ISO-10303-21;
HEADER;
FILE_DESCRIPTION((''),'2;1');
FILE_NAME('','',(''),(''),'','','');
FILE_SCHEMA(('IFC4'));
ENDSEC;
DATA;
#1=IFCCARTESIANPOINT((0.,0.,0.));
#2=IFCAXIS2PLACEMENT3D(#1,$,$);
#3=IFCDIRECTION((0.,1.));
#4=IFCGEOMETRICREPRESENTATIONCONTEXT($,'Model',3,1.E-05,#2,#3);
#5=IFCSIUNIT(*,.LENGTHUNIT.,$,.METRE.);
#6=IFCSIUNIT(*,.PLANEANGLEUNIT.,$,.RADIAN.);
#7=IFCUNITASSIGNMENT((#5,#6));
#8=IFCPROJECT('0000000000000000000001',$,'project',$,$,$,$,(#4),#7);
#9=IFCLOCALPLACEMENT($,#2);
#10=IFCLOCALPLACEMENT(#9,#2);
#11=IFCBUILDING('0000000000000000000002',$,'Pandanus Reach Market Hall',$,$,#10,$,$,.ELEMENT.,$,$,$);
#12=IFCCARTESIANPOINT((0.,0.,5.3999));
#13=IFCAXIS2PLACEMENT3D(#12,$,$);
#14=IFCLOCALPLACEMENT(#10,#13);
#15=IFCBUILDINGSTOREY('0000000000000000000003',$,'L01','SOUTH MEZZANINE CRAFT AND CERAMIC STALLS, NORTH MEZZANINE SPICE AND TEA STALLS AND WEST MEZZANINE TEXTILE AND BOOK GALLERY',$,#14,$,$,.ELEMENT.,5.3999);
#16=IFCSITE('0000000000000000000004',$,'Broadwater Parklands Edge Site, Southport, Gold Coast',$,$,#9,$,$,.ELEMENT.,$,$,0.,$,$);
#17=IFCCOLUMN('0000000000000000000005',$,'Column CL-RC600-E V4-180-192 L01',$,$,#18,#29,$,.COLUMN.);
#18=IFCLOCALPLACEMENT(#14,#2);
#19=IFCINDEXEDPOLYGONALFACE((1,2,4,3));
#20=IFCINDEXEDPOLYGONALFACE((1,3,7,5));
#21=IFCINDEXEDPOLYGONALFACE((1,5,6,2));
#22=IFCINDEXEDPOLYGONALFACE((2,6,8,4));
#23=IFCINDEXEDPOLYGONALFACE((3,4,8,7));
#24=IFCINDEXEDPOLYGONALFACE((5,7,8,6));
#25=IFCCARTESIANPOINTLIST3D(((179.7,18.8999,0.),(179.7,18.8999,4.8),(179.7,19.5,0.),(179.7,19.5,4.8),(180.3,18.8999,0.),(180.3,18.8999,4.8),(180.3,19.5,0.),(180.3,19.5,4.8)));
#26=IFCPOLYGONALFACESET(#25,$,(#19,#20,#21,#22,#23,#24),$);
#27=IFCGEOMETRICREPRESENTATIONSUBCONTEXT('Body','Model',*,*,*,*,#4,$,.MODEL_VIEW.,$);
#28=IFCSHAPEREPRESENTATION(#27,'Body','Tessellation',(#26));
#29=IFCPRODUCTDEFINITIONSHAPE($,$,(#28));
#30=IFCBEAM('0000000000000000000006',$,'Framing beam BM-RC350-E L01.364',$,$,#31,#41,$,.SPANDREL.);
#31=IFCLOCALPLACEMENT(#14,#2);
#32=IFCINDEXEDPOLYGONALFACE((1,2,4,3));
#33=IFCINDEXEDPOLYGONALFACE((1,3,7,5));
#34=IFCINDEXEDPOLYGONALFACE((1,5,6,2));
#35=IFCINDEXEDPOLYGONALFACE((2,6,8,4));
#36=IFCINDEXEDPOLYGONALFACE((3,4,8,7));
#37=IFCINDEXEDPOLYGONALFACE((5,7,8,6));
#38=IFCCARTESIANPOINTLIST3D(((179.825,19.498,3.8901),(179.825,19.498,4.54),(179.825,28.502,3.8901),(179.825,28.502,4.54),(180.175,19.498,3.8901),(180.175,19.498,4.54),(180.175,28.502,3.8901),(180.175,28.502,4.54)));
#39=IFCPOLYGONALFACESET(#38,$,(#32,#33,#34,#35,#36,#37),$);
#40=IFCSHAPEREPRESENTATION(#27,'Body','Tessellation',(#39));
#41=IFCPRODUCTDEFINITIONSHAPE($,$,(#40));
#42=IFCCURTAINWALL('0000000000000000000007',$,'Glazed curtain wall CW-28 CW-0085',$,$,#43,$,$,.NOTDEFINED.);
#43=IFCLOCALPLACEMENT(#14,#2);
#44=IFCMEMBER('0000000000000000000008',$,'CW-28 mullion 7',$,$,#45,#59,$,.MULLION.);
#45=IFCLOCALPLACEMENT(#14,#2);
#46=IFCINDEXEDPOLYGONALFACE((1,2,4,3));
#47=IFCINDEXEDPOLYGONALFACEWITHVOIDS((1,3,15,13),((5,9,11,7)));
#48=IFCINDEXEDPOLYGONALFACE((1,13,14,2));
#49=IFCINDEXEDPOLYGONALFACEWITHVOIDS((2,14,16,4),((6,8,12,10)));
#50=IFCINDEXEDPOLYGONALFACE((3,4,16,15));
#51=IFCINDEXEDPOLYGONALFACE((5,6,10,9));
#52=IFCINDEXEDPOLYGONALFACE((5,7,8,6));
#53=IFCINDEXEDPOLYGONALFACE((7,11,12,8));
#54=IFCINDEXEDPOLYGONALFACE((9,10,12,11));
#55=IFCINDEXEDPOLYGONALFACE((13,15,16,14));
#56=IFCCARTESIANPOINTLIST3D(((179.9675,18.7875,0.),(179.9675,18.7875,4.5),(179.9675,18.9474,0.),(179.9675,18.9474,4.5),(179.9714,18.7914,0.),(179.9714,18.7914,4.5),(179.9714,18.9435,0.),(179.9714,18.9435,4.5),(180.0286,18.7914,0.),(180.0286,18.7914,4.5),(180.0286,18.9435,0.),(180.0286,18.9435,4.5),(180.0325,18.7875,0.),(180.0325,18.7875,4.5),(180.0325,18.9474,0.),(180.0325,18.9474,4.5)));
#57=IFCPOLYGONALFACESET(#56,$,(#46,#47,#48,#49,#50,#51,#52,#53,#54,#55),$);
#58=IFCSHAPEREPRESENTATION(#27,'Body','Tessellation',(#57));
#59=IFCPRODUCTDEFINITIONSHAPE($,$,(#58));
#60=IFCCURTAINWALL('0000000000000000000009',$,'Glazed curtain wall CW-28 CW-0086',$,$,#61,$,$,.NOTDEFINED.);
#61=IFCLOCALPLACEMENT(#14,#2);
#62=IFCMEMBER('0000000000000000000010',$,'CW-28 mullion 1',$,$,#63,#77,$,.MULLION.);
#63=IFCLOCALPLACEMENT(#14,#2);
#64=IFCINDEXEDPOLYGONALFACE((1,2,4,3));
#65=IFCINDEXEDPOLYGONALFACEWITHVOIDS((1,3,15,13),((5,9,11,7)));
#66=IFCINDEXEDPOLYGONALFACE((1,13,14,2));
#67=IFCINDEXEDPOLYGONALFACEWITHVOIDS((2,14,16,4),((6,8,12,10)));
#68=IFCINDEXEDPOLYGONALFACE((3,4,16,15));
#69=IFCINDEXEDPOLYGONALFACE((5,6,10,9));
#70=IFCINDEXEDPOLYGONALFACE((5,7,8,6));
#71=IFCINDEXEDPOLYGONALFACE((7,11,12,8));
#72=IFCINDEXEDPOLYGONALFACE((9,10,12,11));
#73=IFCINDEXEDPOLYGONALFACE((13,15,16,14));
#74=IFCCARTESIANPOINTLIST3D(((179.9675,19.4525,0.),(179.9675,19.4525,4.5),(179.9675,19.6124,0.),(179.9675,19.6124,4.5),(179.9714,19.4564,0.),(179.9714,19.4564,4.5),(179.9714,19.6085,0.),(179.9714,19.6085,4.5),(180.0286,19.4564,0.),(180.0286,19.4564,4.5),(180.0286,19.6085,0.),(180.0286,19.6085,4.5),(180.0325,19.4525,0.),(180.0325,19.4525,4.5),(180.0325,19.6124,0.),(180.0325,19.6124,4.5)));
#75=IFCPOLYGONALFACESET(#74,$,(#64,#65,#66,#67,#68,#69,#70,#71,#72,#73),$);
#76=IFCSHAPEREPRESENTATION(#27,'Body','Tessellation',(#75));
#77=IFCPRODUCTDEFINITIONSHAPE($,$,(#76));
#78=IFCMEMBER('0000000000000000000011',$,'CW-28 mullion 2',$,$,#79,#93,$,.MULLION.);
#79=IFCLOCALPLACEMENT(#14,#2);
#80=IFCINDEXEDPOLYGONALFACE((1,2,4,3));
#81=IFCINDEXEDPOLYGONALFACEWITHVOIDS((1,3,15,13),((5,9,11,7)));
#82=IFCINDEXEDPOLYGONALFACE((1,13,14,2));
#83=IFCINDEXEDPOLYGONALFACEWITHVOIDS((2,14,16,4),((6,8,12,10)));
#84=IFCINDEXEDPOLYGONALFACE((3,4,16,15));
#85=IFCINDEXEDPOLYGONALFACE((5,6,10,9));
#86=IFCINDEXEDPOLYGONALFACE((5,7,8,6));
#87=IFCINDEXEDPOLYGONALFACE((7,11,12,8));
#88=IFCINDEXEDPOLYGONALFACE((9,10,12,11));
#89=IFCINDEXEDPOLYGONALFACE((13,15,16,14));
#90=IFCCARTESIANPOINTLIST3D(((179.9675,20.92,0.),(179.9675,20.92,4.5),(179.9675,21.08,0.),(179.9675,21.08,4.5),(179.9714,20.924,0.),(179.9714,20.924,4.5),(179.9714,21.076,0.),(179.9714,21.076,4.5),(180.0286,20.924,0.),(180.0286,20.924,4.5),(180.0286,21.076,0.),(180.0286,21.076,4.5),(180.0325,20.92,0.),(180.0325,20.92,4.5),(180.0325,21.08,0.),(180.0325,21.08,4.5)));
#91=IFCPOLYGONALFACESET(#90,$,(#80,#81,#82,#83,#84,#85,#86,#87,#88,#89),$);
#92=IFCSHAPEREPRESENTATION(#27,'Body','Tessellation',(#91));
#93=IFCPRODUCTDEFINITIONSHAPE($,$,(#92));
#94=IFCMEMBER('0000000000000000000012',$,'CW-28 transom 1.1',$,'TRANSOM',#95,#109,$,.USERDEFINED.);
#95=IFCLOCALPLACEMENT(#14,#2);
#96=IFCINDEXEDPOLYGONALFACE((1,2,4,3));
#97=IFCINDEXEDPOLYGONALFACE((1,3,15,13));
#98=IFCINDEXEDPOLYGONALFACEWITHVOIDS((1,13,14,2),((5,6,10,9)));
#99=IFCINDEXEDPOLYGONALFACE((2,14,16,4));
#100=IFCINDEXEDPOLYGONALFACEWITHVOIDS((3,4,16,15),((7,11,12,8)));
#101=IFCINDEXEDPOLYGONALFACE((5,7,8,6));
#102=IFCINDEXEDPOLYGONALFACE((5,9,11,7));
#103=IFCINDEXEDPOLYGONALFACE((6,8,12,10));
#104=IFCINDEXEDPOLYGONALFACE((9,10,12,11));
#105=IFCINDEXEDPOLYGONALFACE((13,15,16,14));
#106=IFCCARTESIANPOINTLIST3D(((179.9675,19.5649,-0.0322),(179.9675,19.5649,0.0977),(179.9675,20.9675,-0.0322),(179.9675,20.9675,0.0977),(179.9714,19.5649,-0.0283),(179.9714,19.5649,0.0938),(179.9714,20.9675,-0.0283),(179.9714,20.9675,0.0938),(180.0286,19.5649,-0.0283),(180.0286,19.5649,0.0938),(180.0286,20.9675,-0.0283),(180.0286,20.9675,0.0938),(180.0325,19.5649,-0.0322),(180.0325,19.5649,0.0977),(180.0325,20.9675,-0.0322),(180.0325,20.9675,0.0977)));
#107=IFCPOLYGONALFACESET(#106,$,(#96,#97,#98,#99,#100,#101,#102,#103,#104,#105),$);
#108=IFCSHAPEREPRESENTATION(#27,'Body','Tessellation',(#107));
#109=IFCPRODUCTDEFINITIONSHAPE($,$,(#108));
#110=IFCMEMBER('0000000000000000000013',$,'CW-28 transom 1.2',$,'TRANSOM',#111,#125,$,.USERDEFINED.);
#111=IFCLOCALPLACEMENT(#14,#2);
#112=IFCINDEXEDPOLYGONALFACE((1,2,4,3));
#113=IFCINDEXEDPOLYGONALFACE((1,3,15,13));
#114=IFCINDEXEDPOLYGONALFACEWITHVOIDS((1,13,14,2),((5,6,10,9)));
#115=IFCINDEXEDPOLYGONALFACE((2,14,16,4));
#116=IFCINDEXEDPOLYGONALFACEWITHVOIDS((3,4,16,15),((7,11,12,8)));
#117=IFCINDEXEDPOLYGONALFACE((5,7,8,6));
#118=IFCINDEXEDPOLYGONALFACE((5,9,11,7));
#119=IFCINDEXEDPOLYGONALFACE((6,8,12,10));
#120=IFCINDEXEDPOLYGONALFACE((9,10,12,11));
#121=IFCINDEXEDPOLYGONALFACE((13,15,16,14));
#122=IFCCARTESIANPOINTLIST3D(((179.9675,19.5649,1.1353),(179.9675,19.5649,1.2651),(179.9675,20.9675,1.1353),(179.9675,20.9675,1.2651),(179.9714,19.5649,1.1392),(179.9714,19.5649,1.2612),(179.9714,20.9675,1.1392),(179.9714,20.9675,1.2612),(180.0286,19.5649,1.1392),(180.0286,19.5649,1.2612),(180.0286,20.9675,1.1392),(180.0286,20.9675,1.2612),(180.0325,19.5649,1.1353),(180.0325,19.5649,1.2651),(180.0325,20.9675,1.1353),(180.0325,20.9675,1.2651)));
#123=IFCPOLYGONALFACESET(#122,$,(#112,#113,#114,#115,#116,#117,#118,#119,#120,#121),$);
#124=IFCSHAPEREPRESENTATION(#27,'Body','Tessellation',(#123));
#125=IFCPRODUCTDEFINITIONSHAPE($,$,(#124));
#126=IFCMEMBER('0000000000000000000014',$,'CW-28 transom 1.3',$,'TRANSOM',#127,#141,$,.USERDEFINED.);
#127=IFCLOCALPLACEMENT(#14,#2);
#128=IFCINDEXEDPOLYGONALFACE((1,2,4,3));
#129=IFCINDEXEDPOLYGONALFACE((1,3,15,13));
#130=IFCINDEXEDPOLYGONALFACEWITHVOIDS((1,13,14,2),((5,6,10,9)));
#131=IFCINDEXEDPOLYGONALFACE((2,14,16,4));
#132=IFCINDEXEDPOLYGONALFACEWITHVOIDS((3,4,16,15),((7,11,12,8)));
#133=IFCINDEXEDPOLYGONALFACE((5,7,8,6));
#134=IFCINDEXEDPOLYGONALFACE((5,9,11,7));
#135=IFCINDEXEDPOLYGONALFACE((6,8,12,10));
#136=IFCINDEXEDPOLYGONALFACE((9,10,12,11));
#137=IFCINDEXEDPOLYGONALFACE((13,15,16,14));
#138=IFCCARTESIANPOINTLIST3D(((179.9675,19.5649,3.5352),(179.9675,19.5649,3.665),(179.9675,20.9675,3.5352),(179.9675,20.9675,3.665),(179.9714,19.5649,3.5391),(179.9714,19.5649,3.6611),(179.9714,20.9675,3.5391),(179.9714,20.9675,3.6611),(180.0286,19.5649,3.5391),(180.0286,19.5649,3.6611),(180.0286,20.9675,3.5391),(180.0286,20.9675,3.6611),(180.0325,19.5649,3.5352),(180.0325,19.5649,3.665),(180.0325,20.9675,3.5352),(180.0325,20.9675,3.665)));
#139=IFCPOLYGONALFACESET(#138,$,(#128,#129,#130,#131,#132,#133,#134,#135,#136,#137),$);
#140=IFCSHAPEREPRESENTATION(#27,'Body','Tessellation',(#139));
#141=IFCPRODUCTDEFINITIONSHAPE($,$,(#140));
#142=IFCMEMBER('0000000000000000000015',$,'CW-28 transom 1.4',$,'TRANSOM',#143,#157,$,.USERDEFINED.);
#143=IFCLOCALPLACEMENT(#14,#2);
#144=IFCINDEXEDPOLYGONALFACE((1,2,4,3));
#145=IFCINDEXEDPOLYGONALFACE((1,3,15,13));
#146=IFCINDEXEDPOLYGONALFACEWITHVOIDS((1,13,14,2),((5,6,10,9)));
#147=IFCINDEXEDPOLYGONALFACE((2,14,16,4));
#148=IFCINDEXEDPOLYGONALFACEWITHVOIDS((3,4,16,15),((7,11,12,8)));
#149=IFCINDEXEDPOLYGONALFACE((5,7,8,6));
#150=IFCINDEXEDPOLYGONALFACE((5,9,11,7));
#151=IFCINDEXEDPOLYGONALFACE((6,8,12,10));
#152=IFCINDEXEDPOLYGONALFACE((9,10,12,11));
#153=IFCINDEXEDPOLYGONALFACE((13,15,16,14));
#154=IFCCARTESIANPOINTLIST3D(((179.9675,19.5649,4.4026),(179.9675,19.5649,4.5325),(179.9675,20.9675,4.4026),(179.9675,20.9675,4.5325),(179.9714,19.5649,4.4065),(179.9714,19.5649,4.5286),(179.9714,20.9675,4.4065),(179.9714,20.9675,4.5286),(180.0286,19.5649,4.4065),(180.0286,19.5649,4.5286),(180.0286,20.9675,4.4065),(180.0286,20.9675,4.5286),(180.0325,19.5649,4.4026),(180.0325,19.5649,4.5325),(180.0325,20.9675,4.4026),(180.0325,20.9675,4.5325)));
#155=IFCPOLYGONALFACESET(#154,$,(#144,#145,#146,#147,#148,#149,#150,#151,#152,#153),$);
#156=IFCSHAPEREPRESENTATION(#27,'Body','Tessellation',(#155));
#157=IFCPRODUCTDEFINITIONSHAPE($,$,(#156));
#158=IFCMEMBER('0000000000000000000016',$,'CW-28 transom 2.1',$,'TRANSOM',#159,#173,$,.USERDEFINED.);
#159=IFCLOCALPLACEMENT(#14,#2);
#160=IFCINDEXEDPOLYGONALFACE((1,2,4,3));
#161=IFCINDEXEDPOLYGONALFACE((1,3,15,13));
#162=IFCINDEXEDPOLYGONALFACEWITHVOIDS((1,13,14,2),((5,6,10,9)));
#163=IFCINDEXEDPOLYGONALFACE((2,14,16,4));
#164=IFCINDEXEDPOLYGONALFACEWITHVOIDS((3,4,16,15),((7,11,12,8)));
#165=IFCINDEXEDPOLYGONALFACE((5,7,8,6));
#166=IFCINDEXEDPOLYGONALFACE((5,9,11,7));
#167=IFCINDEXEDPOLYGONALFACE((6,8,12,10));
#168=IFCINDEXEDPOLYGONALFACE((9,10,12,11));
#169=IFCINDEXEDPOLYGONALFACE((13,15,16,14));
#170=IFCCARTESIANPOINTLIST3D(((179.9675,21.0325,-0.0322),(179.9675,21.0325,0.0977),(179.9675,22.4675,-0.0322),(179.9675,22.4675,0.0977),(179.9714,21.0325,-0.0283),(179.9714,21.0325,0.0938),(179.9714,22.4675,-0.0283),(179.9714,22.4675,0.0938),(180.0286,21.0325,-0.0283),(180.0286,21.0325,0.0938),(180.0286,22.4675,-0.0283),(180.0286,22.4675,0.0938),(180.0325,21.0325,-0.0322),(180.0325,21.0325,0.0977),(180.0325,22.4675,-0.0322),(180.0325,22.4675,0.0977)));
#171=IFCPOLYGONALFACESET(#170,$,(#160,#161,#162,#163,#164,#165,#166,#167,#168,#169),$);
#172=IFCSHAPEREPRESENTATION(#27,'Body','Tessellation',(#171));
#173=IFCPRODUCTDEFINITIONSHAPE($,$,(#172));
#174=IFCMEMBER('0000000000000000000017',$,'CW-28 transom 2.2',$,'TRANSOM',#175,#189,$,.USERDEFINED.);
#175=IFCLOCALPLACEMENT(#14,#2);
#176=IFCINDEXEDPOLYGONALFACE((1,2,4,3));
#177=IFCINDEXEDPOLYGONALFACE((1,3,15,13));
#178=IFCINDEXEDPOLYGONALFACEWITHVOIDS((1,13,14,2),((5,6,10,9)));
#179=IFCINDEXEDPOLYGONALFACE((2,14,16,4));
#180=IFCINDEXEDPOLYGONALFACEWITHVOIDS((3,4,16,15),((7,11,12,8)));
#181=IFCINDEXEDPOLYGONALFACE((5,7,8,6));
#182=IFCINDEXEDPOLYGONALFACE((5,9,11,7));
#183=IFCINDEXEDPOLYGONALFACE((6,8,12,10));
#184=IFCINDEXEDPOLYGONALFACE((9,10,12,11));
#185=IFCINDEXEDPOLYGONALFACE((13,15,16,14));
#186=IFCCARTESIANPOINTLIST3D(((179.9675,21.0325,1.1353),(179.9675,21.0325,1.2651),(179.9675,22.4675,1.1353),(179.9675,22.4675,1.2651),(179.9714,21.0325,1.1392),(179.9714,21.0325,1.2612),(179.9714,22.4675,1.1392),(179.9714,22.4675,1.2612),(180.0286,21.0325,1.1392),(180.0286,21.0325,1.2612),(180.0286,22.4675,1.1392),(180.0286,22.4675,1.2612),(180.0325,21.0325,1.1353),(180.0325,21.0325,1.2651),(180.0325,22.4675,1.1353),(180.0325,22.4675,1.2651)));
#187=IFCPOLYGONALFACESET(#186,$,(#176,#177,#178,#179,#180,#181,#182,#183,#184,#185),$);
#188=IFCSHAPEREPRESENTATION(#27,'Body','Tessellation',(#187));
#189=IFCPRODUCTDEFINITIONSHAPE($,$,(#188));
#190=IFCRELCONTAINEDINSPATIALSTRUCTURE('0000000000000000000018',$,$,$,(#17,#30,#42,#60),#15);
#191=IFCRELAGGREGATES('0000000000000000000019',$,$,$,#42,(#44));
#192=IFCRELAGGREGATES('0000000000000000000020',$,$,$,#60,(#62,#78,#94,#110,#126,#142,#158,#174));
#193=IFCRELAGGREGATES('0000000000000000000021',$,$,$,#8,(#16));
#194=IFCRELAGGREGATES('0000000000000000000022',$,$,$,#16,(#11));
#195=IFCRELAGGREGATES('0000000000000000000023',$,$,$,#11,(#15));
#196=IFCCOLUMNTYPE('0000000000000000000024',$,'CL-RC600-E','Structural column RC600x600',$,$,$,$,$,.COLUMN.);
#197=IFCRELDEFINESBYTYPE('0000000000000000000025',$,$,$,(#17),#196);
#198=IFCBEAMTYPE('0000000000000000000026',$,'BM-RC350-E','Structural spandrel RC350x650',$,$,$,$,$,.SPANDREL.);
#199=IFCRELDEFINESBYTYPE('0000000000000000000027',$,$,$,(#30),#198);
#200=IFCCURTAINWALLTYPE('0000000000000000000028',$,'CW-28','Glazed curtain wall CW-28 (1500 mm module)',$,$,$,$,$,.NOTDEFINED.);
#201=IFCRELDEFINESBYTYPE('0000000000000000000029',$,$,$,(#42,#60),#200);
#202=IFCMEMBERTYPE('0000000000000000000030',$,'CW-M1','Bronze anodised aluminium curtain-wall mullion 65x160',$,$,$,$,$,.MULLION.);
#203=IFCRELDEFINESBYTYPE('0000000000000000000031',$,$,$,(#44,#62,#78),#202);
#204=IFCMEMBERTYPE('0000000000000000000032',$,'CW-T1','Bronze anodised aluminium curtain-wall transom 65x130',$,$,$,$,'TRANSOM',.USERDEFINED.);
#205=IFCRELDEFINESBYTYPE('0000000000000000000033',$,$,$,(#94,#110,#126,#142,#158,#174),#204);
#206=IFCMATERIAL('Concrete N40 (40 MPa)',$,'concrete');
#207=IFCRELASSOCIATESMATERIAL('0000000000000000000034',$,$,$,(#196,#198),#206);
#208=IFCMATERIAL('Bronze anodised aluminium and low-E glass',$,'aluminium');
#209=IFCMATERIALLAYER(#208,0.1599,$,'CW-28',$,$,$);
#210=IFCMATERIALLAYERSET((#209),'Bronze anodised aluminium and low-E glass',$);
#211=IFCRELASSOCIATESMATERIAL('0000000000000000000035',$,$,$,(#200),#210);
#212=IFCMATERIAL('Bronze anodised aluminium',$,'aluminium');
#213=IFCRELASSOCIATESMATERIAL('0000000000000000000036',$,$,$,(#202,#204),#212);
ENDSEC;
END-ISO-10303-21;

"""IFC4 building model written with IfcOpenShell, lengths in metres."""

from ifc_helpers import new_model, si_unit, direction, frame, origin, origin_2d, place, context, subcontext, project, spatial, rectangle, hollow_rectangle, extrude, material, layer, layer_set, material_profile, profile_set, type_object, element, aggregate, save


model = new_model("IFC4")

# Units and contexts
model_context = context("Model", 3, precision=1e-05, world=origin(), true_north=direction((0.0, 1.0)))
body_context = subcontext(model_context, "Body", "Model", "MODEL_VIEW")
ifc_project = project(units=[si_unit("LENGTHUNIT", "METRE"), si_unit("PLANEANGLEUNIT", "RADIAN")], contexts=[model_context])

# Site, building, storey
site_placement = place(None, origin())
site = spatial("IfcSite", under=ifc_project, at=site_placement, Name="Broadwater Parklands Edge Site, Southport, Gold Coast", CompositionType="ELEMENT", RefElevation=0.0)
building_placement = place(site_placement, origin())
building = spatial("IfcBuilding", under=site, at=building_placement, Name="Pandanus Reach Market Hall", CompositionType="ELEMENT")
storey_placement = place(building_placement, frame((0.0, 0.0, 5.3999)))
storey = spatial("IfcBuildingStorey", under=building, at=storey_placement, Name="L01", Description="SOUTH MEZZANINE CRAFT AND CERAMIC STALLS, NORTH MEZZANINE SPICE AND TEA STALLS AND WEST MEZZANINE TEXTILE AND BOOK GALLERY", CompositionType="ELEMENT", Elevation=5.3999)

# Column
ifc_material_1 = material(Name="Concrete N40 (40 MPa)", Category="concrete")
ifc_material_profile_1 = material_profile(ifc_material_1, rectangle(XDim=0.6001, YDim=0.6001, at=origin_2d()), Name="RC600x600", Category="LoadBearing")
ifc_profile_set_1 = profile_set([ifc_material_profile_1], Name="Concrete N40 (40 MPa)")
column_type = type_object("IfcColumnType", Name="CL-RC600-E", Description="Structural column RC600x600", PredefinedType="COLUMN", material=ifc_profile_set_1)
column_placement = place(storey_placement, frame((180.0, 19.2, 0.0), z_axis=(0.0, 0.0, 1.0), x_axis=(1.0, 0.0, 0.0)))
element("IfcColumn", 1, at=column_placement, inside=storey, type_object=column_type, Name="Column CL-RC600-E V4-180-192 L01", PredefinedType="COLUMN", context=body_context, shape_type="SweptSolid", body=[
    extrude(rectangle(XDim=0.6001, YDim=0.6001, at=origin_2d()), origin(), (0.0, 0.0, 1.0), 4.8),
])

# Beam
ifc_material_profile_2 = material_profile(ifc_material_1, rectangle(XDim=0.3501, YDim=0.6499, at=origin_2d()), Name="RC350x650", Category="LoadBearing")
ifc_profile_set_2 = profile_set([ifc_material_profile_2], Name="Concrete N40 (40 MPa)")
beam_type = type_object("IfcBeamType", Name="BM-RC350-E", Description="Structural spandrel RC350x650", PredefinedType="SPANDREL", material=ifc_profile_set_2)
beam_placement = place(storey_placement, frame((180.0, 19.498, 4.2151), z_axis=(0.0, 1.0, 0.0), x_axis=(-1.0, 0.0, 0.0)))
element("IfcBeam", 2, at=beam_placement, inside=storey, type_object=beam_type, Name="Framing beam BM-RC350-E L01.364", PredefinedType="SPANDREL", context=body_context, shape_type="SweptSolid", body=[
    extrude(rectangle(XDim=0.3501, YDim=0.6499, at=origin_2d()), origin(), (0.0, 0.0, 1.0), 9.0039),
])

# Curtain wall, member
ifc_material_2 = material(Name="Bronze anodised aluminium and low-E glass", Category="aluminium")
ifc_layer_1 = layer(ifc_material_2, 0.1599, Name="CW-28")
ifc_layer_set_1 = layer_set([ifc_layer_1], Name="Bronze anodised aluminium and low-E glass")
curtain_wall_type = type_object("IfcCurtainWallType", Name="CW-28", Description="Glazed curtain wall CW-28 (1500 mm module)", PredefinedType="NOTDEFINED", material=ifc_layer_set_1)
curtain_wall_1_placement = place(storey_placement, origin())
curtain_wall_1 = element("IfcCurtainWall", 3, at=curtain_wall_1_placement, inside=storey, type_object=curtain_wall_type, Name="Glazed curtain wall CW-28 CW-0085", PredefinedType="NOTDEFINED")
ifc_material_3 = material(Name="Bronze anodised aluminium", Category="aluminium")
ifc_material_profile_3 = material_profile(ifc_material_3, hollow_rectangle(XDim=0.0649, YDim=0.1599, WallThickness=0.0039, at=origin_2d()), Name="ALU65x160", Category="LoadBearing")
ifc_profile_set_3 = profile_set([ifc_material_profile_3], Name="Bronze anodised aluminium")
member_type_1 = type_object("IfcMemberType", Name="CW-M1", Description="Bronze anodised aluminium curtain-wall mullion 65x160", PredefinedType="MULLION", material=ifc_profile_set_3)
member_1_placement = place(storey_placement, frame((180.0, 18.8674, 0.0), z_axis=(0.0, 0.0, 1.0), x_axis=(-1.0, 0.0, 0.0)))
member_1 = element("IfcMember", 4, at=member_1_placement, type_object=member_type_1, Name="CW-28 mullion 7", PredefinedType="MULLION", context=body_context, shape_type="SweptSolid", body=[
    extrude(hollow_rectangle(XDim=0.0649, YDim=0.1599, WallThickness=0.0039, at=origin_2d()), origin(), (0.0, 0.0, 1.0), 4.5),
])
aggregate(curtain_wall_1, [member_1])

# Curtain wall, members
curtain_wall_2_placement = place(storey_placement, origin())
curtain_wall_2 = element("IfcCurtainWall", 5, at=curtain_wall_2_placement, inside=storey, type_object=curtain_wall_type, Name="Glazed curtain wall CW-28 CW-0086", PredefinedType="NOTDEFINED")
member_2_placement = place(storey_placement, frame((180.0, 19.5325, 0.0), z_axis=(0.0, 0.0, 1.0), x_axis=(-1.0, 0.0, 0.0)))
member_2 = element("IfcMember", 6, at=member_2_placement, type_object=member_type_1, Name="CW-28 mullion 1", PredefinedType="MULLION", context=body_context, shape_type="SweptSolid", body=[
    extrude(hollow_rectangle(XDim=0.0649, YDim=0.1599, WallThickness=0.0039, at=origin_2d()), origin(), (0.0, 0.0, 1.0), 4.5),
])
member_3_placement = place(storey_placement, frame((180.0, 21.0, 0.0), z_axis=(0.0, 0.0, 1.0), x_axis=(-1.0, 0.0, 0.0)))
member_3 = element("IfcMember", 7, at=member_3_placement, type_object=member_type_1, Name="CW-28 mullion 2", PredefinedType="MULLION", context=body_context, shape_type="SweptSolid", body=[
    extrude(hollow_rectangle(XDim=0.0649, YDim=0.1599, WallThickness=0.0039, at=origin_2d()), origin(), (0.0, 0.0, 1.0), 4.5),
])
ifc_material_profile_4 = material_profile(ifc_material_3, hollow_rectangle(XDim=0.0649, YDim=0.1299, WallThickness=0.0039, at=origin_2d()), Name="ALU65x130", Category="LoadBearing")
ifc_profile_set_4 = profile_set([ifc_material_profile_4], Name="Bronze anodised aluminium")
member_type_2 = type_object("IfcMemberType", Name="CW-T1", Description="Bronze anodised aluminium curtain-wall transom 65x130", ElementType="TRANSOM", PredefinedType="USERDEFINED", material=ifc_profile_set_4)
member_4_placement = place(storey_placement, frame((180.0, 19.5649, 0.0327), z_axis=(0.0, 1.0, 0.0), x_axis=(-1.0, 0.0, 0.0)))
member_4 = element("IfcMember", 8, at=member_4_placement, type_object=member_type_2, Name="CW-28 transom 1.1", ObjectType="TRANSOM", PredefinedType="USERDEFINED", context=body_context, shape_type="SweptSolid", body=[
    extrude(hollow_rectangle(XDim=0.0649, YDim=0.1299, WallThickness=0.0039, at=origin_2d()), origin(), (0.0, 0.0, 1.0), 1.4026),
])
member_5_placement = place(storey_placement, frame((180.0, 19.5649, 1.2002), z_axis=(0.0, 1.0, 0.0), x_axis=(-1.0, 0.0, 0.0)))
member_5 = element("IfcMember", 9, at=member_5_placement, type_object=member_type_2, Name="CW-28 transom 1.2", ObjectType="TRANSOM", PredefinedType="USERDEFINED", context=body_context, shape_type="SweptSolid", body=[
    extrude(hollow_rectangle(XDim=0.0649, YDim=0.1299, WallThickness=0.0039, at=origin_2d()), origin(), (0.0, 0.0, 1.0), 1.4026),
])
member_6_placement = place(storey_placement, frame((180.0, 19.5649, 3.6001), z_axis=(0.0, 1.0, 0.0), x_axis=(-1.0, 0.0, 0.0)))
member_6 = element("IfcMember", 10, at=member_6_placement, type_object=member_type_2, Name="CW-28 transom 1.3", ObjectType="TRANSOM", PredefinedType="USERDEFINED", context=body_context, shape_type="SweptSolid", body=[
    extrude(hollow_rectangle(XDim=0.0649, YDim=0.1299, WallThickness=0.0039, at=origin_2d()), origin(), (0.0, 0.0, 1.0), 1.4026),
])
member_7_placement = place(storey_placement, frame((180.0, 19.5649, 4.4675), z_axis=(0.0, 1.0, 0.0), x_axis=(-1.0, 0.0, 0.0)))
member_7 = element("IfcMember", 11, at=member_7_placement, type_object=member_type_2, Name="CW-28 transom 1.4", ObjectType="TRANSOM", PredefinedType="USERDEFINED", context=body_context, shape_type="SweptSolid", body=[
    extrude(hollow_rectangle(XDim=0.0649, YDim=0.1299, WallThickness=0.0039, at=origin_2d()), origin(), (0.0, 0.0, 1.0), 1.4026),
])
member_8_placement = place(storey_placement, frame((180.0, 21.0325, 0.0327), z_axis=(0.0, 1.0, 0.0), x_axis=(-1.0, 0.0, 0.0)))
member_8 = element("IfcMember", 12, at=member_8_placement, type_object=member_type_2, Name="CW-28 transom 2.1", ObjectType="TRANSOM", PredefinedType="USERDEFINED", context=body_context, shape_type="SweptSolid", body=[
    extrude(hollow_rectangle(XDim=0.0649, YDim=0.1299, WallThickness=0.0039, at=origin_2d()), origin(), (0.0, 0.0, 1.0), 1.4351),
])
member_9_placement = place(storey_placement, frame((180.0, 21.0325, 1.2002), z_axis=(0.0, 1.0, 0.0), x_axis=(-1.0, 0.0, 0.0)))
member_9 = element("IfcMember", 13, at=member_9_placement, type_object=member_type_2, Name="CW-28 transom 2.2", ObjectType="TRANSOM", PredefinedType="USERDEFINED", context=body_context, shape_type="SweptSolid", body=[
    extrude(hollow_rectangle(XDim=0.0649, YDim=0.1299, WallThickness=0.0039, at=origin_2d()), origin(), (0.0, 0.0, 1.0), 1.4351),
])
aggregate(curtain_wall_2, [member_2, member_3, member_4, member_5, member_6, member_7, member_8, member_9])

save(model, "model.ifc")
